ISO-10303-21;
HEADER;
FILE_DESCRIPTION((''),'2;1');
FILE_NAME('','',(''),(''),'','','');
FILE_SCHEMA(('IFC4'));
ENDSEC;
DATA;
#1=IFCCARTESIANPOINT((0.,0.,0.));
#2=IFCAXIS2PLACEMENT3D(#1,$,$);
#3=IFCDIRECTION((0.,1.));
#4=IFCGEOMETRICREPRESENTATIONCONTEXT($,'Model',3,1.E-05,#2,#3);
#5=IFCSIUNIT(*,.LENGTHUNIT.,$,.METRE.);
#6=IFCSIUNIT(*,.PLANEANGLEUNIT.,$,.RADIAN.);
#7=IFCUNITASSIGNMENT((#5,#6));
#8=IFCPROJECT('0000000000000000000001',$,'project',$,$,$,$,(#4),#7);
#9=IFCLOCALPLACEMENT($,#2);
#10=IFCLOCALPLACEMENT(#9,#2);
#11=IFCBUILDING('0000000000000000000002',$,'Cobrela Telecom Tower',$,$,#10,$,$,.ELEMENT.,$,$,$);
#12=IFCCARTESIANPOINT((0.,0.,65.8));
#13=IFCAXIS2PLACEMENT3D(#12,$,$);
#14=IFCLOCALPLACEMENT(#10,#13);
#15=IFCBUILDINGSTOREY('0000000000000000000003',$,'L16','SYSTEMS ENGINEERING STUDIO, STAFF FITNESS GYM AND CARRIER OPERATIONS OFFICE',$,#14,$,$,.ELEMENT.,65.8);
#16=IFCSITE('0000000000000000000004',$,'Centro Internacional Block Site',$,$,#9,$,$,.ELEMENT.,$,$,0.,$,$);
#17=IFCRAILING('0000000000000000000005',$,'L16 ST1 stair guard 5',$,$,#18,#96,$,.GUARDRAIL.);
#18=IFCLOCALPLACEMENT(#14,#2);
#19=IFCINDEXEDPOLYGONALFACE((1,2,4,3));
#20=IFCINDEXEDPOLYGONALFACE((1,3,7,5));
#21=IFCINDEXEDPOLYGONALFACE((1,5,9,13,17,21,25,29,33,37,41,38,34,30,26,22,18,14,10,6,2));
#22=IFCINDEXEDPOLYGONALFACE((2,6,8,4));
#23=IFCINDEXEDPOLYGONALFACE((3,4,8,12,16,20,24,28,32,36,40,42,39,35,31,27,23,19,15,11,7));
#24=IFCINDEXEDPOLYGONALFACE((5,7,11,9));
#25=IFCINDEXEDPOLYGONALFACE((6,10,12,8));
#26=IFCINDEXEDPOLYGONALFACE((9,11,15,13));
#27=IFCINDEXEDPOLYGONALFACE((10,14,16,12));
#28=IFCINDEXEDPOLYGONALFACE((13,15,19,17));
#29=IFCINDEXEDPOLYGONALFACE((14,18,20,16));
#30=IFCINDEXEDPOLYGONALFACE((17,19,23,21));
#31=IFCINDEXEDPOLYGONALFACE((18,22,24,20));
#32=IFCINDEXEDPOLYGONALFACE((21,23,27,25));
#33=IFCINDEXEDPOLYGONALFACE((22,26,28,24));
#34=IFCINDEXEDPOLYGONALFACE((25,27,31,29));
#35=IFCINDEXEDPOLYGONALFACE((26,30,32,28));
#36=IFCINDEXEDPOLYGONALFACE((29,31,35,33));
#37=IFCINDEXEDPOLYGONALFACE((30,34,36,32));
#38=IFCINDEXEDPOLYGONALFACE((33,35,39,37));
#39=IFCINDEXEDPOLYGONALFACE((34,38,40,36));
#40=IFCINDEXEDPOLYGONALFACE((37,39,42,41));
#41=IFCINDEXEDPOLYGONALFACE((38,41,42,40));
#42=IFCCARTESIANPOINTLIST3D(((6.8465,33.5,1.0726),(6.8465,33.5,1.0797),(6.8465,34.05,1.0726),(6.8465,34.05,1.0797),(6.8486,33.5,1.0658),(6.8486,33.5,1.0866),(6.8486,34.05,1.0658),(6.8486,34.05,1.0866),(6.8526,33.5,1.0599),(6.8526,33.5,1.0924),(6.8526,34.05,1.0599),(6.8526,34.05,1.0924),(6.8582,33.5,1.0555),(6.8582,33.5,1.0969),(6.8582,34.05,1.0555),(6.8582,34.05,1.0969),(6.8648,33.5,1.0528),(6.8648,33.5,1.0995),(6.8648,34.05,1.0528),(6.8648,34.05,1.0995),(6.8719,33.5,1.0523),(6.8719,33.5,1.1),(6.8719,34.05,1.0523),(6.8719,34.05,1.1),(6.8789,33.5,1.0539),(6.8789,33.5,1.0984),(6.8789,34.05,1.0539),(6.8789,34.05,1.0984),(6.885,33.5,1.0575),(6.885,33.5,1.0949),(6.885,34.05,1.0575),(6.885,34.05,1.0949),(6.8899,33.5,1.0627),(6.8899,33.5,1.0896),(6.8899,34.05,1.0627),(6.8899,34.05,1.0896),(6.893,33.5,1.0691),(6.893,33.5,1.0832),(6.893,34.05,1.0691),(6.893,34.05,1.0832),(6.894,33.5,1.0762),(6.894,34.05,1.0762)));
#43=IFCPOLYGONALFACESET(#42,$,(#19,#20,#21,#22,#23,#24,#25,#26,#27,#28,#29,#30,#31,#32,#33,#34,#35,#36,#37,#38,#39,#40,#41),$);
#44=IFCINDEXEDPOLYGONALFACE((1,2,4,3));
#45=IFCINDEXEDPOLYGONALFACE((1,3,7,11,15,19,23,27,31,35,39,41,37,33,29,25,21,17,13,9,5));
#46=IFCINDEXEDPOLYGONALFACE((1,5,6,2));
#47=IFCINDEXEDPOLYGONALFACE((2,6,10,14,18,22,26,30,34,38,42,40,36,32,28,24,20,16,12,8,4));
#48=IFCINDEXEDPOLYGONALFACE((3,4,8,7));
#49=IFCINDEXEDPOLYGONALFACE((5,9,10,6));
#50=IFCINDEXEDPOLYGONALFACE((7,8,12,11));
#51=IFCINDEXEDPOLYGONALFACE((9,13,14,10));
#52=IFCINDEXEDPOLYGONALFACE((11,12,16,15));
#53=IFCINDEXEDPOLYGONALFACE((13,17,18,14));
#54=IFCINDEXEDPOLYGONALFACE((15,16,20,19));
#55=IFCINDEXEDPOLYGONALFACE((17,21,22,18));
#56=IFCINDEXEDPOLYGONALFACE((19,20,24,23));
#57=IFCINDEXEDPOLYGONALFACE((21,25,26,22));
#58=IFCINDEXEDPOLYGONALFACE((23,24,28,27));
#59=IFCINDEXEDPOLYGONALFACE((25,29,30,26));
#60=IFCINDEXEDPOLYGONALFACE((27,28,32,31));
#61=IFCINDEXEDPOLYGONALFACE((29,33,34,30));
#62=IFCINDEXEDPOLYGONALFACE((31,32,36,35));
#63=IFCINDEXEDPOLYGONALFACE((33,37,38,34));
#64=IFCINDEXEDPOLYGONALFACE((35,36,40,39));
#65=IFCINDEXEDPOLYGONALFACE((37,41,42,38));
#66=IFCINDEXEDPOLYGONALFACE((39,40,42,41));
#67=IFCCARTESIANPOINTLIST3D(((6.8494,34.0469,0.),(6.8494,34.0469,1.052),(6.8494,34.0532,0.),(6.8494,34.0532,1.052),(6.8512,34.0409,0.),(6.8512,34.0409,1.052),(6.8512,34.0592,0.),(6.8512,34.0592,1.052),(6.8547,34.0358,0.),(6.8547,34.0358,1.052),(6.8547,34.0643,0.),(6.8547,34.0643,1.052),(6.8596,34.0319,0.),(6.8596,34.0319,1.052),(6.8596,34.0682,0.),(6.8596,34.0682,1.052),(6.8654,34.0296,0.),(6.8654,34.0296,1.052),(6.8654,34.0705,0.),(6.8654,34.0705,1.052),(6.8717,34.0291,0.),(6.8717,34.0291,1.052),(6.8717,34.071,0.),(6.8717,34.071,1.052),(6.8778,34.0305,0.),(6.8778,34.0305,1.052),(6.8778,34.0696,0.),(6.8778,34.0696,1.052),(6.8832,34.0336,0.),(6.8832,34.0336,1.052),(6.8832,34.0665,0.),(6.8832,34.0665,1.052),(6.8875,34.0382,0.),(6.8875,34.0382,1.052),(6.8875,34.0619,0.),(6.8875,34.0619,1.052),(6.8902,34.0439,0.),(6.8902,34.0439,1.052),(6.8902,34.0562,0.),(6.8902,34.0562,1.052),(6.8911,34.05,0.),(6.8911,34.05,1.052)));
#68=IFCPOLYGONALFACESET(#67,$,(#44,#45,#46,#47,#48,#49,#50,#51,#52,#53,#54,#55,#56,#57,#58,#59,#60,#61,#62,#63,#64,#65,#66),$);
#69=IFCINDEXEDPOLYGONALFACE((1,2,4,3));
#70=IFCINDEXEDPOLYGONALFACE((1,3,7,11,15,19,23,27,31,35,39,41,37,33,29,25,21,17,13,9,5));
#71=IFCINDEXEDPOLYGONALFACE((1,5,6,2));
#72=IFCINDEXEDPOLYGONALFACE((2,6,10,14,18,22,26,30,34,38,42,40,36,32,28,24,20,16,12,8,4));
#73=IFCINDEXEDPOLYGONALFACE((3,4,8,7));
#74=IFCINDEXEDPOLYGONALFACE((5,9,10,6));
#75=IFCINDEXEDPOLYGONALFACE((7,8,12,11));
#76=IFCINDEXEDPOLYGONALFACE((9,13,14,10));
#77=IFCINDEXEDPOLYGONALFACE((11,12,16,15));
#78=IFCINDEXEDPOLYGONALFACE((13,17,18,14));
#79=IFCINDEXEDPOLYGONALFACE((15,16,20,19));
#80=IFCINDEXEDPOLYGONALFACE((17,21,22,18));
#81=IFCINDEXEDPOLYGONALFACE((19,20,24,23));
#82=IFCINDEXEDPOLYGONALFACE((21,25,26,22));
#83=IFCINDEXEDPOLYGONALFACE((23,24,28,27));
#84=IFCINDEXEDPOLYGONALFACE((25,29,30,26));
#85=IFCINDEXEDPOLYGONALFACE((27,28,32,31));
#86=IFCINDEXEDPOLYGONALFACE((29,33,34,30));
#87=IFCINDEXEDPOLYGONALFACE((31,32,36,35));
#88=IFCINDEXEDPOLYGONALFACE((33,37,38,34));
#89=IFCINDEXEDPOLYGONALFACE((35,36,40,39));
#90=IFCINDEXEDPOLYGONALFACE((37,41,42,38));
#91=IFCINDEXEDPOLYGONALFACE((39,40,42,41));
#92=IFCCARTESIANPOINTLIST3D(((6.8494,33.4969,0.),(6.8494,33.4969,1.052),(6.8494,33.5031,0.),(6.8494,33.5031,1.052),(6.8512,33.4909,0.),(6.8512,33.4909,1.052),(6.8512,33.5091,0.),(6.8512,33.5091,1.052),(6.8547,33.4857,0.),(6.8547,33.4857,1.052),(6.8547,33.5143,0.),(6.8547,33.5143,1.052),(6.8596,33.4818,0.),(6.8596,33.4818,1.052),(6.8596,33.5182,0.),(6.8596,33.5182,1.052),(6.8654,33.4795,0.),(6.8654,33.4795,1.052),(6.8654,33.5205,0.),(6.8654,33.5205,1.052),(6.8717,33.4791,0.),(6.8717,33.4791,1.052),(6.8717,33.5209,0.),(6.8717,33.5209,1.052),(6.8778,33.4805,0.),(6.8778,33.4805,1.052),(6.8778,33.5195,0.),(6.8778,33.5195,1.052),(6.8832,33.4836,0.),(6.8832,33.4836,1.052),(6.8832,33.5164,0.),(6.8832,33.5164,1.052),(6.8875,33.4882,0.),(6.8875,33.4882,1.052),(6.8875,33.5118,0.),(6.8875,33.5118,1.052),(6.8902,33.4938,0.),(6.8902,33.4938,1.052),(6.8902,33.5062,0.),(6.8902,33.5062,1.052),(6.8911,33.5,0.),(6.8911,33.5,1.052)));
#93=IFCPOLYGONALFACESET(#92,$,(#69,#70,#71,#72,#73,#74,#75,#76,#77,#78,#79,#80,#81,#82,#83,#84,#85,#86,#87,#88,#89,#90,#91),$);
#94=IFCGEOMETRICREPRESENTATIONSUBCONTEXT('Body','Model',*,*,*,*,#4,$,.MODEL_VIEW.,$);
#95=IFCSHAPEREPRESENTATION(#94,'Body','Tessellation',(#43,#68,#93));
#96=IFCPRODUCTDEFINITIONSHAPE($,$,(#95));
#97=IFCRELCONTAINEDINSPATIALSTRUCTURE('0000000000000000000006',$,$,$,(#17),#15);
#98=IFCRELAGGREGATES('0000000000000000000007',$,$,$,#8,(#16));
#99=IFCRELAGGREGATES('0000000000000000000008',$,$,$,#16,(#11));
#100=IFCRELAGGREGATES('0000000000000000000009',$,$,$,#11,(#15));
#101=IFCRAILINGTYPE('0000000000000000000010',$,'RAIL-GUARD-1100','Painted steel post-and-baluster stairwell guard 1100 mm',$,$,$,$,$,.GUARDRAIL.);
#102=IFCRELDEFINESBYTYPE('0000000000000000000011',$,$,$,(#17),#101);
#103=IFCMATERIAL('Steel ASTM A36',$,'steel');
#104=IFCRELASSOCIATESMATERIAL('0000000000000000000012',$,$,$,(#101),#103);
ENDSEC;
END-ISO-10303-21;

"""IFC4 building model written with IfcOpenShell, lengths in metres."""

from ifc_helpers import new_model, si_unit, direction, frame, origin, origin_2d, place, context, subcontext, project, spatial, circle, extrude, material, type_object, element, save


model = new_model("IFC4")

# Units and contexts
model_context = context("Model", 3, precision=1e-05, world=origin(), true_north=direction((0.0, 1.0)))
body_context = subcontext(model_context, "Body", "Model", "MODEL_VIEW")
ifc_project = project(units=[si_unit("LENGTHUNIT", "METRE"), si_unit("PLANEANGLEUNIT", "RADIAN")], contexts=[model_context])

# Site, building, storey
site_placement = place(None, origin())
site = spatial("IfcSite", under=ifc_project, at=site_placement, Name="Centro Internacional Block Site", CompositionType="ELEMENT", RefElevation=0.0)
building_placement = place(site_placement, origin())
building = spatial("IfcBuilding", under=site, at=building_placement, Name="Cobrela Telecom Tower", CompositionType="ELEMENT")
storey_placement = place(building_placement, frame((0.0, 0.0, 65.8)))
storey = spatial("IfcBuildingStorey", under=building, at=storey_placement, Name="L16", Description="SYSTEMS ENGINEERING STUDIO, STAFF FITNESS GYM AND CARRIER OPERATIONS OFFICE", CompositionType="ELEMENT", Elevation=65.8)

# Shared definitions
ifc_material_1 = material(Name="Steel ASTM A36", Category="steel")

# Railing
railing_type_1 = type_object("IfcRailingType", Name="RAIL-GUARD-1100", Description="Painted steel post-and-baluster stairwell guard 1100 mm", PredefinedType="GUARDRAIL", material=ifc_material_1)
railing_1_placement = place(storey_placement, frame((6.8701, 34.05, 0.0)))
element("IfcRailing", 1, at=railing_1_placement, inside=storey, type_object=railing_type_1, Name="L16 ST1 stair guard 5", PredefinedType="GUARDRAIL", context=body_context, shape_type="SweptSolid", body=[
    extrude(circle(Radius=0.0239, at=origin_2d()), frame((0.0, 0.0, 1.0762), z_axis=(0.0, -1.0, 0.0), x_axis=(1.0, 0.0, 0.0)), (0.0, 0.0, 1.0), 0.55),
    extrude(circle(Radius=0.021, at=origin_2d()), origin(), (0.0, 0.0, 1.0), 1.052),
    extrude(circle(Radius=0.021, at=origin_2d()), frame((0.0, -0.55, 0.0)), (0.0, 0.0, 1.0), 1.052),
])

save(model, "model.ifc")
